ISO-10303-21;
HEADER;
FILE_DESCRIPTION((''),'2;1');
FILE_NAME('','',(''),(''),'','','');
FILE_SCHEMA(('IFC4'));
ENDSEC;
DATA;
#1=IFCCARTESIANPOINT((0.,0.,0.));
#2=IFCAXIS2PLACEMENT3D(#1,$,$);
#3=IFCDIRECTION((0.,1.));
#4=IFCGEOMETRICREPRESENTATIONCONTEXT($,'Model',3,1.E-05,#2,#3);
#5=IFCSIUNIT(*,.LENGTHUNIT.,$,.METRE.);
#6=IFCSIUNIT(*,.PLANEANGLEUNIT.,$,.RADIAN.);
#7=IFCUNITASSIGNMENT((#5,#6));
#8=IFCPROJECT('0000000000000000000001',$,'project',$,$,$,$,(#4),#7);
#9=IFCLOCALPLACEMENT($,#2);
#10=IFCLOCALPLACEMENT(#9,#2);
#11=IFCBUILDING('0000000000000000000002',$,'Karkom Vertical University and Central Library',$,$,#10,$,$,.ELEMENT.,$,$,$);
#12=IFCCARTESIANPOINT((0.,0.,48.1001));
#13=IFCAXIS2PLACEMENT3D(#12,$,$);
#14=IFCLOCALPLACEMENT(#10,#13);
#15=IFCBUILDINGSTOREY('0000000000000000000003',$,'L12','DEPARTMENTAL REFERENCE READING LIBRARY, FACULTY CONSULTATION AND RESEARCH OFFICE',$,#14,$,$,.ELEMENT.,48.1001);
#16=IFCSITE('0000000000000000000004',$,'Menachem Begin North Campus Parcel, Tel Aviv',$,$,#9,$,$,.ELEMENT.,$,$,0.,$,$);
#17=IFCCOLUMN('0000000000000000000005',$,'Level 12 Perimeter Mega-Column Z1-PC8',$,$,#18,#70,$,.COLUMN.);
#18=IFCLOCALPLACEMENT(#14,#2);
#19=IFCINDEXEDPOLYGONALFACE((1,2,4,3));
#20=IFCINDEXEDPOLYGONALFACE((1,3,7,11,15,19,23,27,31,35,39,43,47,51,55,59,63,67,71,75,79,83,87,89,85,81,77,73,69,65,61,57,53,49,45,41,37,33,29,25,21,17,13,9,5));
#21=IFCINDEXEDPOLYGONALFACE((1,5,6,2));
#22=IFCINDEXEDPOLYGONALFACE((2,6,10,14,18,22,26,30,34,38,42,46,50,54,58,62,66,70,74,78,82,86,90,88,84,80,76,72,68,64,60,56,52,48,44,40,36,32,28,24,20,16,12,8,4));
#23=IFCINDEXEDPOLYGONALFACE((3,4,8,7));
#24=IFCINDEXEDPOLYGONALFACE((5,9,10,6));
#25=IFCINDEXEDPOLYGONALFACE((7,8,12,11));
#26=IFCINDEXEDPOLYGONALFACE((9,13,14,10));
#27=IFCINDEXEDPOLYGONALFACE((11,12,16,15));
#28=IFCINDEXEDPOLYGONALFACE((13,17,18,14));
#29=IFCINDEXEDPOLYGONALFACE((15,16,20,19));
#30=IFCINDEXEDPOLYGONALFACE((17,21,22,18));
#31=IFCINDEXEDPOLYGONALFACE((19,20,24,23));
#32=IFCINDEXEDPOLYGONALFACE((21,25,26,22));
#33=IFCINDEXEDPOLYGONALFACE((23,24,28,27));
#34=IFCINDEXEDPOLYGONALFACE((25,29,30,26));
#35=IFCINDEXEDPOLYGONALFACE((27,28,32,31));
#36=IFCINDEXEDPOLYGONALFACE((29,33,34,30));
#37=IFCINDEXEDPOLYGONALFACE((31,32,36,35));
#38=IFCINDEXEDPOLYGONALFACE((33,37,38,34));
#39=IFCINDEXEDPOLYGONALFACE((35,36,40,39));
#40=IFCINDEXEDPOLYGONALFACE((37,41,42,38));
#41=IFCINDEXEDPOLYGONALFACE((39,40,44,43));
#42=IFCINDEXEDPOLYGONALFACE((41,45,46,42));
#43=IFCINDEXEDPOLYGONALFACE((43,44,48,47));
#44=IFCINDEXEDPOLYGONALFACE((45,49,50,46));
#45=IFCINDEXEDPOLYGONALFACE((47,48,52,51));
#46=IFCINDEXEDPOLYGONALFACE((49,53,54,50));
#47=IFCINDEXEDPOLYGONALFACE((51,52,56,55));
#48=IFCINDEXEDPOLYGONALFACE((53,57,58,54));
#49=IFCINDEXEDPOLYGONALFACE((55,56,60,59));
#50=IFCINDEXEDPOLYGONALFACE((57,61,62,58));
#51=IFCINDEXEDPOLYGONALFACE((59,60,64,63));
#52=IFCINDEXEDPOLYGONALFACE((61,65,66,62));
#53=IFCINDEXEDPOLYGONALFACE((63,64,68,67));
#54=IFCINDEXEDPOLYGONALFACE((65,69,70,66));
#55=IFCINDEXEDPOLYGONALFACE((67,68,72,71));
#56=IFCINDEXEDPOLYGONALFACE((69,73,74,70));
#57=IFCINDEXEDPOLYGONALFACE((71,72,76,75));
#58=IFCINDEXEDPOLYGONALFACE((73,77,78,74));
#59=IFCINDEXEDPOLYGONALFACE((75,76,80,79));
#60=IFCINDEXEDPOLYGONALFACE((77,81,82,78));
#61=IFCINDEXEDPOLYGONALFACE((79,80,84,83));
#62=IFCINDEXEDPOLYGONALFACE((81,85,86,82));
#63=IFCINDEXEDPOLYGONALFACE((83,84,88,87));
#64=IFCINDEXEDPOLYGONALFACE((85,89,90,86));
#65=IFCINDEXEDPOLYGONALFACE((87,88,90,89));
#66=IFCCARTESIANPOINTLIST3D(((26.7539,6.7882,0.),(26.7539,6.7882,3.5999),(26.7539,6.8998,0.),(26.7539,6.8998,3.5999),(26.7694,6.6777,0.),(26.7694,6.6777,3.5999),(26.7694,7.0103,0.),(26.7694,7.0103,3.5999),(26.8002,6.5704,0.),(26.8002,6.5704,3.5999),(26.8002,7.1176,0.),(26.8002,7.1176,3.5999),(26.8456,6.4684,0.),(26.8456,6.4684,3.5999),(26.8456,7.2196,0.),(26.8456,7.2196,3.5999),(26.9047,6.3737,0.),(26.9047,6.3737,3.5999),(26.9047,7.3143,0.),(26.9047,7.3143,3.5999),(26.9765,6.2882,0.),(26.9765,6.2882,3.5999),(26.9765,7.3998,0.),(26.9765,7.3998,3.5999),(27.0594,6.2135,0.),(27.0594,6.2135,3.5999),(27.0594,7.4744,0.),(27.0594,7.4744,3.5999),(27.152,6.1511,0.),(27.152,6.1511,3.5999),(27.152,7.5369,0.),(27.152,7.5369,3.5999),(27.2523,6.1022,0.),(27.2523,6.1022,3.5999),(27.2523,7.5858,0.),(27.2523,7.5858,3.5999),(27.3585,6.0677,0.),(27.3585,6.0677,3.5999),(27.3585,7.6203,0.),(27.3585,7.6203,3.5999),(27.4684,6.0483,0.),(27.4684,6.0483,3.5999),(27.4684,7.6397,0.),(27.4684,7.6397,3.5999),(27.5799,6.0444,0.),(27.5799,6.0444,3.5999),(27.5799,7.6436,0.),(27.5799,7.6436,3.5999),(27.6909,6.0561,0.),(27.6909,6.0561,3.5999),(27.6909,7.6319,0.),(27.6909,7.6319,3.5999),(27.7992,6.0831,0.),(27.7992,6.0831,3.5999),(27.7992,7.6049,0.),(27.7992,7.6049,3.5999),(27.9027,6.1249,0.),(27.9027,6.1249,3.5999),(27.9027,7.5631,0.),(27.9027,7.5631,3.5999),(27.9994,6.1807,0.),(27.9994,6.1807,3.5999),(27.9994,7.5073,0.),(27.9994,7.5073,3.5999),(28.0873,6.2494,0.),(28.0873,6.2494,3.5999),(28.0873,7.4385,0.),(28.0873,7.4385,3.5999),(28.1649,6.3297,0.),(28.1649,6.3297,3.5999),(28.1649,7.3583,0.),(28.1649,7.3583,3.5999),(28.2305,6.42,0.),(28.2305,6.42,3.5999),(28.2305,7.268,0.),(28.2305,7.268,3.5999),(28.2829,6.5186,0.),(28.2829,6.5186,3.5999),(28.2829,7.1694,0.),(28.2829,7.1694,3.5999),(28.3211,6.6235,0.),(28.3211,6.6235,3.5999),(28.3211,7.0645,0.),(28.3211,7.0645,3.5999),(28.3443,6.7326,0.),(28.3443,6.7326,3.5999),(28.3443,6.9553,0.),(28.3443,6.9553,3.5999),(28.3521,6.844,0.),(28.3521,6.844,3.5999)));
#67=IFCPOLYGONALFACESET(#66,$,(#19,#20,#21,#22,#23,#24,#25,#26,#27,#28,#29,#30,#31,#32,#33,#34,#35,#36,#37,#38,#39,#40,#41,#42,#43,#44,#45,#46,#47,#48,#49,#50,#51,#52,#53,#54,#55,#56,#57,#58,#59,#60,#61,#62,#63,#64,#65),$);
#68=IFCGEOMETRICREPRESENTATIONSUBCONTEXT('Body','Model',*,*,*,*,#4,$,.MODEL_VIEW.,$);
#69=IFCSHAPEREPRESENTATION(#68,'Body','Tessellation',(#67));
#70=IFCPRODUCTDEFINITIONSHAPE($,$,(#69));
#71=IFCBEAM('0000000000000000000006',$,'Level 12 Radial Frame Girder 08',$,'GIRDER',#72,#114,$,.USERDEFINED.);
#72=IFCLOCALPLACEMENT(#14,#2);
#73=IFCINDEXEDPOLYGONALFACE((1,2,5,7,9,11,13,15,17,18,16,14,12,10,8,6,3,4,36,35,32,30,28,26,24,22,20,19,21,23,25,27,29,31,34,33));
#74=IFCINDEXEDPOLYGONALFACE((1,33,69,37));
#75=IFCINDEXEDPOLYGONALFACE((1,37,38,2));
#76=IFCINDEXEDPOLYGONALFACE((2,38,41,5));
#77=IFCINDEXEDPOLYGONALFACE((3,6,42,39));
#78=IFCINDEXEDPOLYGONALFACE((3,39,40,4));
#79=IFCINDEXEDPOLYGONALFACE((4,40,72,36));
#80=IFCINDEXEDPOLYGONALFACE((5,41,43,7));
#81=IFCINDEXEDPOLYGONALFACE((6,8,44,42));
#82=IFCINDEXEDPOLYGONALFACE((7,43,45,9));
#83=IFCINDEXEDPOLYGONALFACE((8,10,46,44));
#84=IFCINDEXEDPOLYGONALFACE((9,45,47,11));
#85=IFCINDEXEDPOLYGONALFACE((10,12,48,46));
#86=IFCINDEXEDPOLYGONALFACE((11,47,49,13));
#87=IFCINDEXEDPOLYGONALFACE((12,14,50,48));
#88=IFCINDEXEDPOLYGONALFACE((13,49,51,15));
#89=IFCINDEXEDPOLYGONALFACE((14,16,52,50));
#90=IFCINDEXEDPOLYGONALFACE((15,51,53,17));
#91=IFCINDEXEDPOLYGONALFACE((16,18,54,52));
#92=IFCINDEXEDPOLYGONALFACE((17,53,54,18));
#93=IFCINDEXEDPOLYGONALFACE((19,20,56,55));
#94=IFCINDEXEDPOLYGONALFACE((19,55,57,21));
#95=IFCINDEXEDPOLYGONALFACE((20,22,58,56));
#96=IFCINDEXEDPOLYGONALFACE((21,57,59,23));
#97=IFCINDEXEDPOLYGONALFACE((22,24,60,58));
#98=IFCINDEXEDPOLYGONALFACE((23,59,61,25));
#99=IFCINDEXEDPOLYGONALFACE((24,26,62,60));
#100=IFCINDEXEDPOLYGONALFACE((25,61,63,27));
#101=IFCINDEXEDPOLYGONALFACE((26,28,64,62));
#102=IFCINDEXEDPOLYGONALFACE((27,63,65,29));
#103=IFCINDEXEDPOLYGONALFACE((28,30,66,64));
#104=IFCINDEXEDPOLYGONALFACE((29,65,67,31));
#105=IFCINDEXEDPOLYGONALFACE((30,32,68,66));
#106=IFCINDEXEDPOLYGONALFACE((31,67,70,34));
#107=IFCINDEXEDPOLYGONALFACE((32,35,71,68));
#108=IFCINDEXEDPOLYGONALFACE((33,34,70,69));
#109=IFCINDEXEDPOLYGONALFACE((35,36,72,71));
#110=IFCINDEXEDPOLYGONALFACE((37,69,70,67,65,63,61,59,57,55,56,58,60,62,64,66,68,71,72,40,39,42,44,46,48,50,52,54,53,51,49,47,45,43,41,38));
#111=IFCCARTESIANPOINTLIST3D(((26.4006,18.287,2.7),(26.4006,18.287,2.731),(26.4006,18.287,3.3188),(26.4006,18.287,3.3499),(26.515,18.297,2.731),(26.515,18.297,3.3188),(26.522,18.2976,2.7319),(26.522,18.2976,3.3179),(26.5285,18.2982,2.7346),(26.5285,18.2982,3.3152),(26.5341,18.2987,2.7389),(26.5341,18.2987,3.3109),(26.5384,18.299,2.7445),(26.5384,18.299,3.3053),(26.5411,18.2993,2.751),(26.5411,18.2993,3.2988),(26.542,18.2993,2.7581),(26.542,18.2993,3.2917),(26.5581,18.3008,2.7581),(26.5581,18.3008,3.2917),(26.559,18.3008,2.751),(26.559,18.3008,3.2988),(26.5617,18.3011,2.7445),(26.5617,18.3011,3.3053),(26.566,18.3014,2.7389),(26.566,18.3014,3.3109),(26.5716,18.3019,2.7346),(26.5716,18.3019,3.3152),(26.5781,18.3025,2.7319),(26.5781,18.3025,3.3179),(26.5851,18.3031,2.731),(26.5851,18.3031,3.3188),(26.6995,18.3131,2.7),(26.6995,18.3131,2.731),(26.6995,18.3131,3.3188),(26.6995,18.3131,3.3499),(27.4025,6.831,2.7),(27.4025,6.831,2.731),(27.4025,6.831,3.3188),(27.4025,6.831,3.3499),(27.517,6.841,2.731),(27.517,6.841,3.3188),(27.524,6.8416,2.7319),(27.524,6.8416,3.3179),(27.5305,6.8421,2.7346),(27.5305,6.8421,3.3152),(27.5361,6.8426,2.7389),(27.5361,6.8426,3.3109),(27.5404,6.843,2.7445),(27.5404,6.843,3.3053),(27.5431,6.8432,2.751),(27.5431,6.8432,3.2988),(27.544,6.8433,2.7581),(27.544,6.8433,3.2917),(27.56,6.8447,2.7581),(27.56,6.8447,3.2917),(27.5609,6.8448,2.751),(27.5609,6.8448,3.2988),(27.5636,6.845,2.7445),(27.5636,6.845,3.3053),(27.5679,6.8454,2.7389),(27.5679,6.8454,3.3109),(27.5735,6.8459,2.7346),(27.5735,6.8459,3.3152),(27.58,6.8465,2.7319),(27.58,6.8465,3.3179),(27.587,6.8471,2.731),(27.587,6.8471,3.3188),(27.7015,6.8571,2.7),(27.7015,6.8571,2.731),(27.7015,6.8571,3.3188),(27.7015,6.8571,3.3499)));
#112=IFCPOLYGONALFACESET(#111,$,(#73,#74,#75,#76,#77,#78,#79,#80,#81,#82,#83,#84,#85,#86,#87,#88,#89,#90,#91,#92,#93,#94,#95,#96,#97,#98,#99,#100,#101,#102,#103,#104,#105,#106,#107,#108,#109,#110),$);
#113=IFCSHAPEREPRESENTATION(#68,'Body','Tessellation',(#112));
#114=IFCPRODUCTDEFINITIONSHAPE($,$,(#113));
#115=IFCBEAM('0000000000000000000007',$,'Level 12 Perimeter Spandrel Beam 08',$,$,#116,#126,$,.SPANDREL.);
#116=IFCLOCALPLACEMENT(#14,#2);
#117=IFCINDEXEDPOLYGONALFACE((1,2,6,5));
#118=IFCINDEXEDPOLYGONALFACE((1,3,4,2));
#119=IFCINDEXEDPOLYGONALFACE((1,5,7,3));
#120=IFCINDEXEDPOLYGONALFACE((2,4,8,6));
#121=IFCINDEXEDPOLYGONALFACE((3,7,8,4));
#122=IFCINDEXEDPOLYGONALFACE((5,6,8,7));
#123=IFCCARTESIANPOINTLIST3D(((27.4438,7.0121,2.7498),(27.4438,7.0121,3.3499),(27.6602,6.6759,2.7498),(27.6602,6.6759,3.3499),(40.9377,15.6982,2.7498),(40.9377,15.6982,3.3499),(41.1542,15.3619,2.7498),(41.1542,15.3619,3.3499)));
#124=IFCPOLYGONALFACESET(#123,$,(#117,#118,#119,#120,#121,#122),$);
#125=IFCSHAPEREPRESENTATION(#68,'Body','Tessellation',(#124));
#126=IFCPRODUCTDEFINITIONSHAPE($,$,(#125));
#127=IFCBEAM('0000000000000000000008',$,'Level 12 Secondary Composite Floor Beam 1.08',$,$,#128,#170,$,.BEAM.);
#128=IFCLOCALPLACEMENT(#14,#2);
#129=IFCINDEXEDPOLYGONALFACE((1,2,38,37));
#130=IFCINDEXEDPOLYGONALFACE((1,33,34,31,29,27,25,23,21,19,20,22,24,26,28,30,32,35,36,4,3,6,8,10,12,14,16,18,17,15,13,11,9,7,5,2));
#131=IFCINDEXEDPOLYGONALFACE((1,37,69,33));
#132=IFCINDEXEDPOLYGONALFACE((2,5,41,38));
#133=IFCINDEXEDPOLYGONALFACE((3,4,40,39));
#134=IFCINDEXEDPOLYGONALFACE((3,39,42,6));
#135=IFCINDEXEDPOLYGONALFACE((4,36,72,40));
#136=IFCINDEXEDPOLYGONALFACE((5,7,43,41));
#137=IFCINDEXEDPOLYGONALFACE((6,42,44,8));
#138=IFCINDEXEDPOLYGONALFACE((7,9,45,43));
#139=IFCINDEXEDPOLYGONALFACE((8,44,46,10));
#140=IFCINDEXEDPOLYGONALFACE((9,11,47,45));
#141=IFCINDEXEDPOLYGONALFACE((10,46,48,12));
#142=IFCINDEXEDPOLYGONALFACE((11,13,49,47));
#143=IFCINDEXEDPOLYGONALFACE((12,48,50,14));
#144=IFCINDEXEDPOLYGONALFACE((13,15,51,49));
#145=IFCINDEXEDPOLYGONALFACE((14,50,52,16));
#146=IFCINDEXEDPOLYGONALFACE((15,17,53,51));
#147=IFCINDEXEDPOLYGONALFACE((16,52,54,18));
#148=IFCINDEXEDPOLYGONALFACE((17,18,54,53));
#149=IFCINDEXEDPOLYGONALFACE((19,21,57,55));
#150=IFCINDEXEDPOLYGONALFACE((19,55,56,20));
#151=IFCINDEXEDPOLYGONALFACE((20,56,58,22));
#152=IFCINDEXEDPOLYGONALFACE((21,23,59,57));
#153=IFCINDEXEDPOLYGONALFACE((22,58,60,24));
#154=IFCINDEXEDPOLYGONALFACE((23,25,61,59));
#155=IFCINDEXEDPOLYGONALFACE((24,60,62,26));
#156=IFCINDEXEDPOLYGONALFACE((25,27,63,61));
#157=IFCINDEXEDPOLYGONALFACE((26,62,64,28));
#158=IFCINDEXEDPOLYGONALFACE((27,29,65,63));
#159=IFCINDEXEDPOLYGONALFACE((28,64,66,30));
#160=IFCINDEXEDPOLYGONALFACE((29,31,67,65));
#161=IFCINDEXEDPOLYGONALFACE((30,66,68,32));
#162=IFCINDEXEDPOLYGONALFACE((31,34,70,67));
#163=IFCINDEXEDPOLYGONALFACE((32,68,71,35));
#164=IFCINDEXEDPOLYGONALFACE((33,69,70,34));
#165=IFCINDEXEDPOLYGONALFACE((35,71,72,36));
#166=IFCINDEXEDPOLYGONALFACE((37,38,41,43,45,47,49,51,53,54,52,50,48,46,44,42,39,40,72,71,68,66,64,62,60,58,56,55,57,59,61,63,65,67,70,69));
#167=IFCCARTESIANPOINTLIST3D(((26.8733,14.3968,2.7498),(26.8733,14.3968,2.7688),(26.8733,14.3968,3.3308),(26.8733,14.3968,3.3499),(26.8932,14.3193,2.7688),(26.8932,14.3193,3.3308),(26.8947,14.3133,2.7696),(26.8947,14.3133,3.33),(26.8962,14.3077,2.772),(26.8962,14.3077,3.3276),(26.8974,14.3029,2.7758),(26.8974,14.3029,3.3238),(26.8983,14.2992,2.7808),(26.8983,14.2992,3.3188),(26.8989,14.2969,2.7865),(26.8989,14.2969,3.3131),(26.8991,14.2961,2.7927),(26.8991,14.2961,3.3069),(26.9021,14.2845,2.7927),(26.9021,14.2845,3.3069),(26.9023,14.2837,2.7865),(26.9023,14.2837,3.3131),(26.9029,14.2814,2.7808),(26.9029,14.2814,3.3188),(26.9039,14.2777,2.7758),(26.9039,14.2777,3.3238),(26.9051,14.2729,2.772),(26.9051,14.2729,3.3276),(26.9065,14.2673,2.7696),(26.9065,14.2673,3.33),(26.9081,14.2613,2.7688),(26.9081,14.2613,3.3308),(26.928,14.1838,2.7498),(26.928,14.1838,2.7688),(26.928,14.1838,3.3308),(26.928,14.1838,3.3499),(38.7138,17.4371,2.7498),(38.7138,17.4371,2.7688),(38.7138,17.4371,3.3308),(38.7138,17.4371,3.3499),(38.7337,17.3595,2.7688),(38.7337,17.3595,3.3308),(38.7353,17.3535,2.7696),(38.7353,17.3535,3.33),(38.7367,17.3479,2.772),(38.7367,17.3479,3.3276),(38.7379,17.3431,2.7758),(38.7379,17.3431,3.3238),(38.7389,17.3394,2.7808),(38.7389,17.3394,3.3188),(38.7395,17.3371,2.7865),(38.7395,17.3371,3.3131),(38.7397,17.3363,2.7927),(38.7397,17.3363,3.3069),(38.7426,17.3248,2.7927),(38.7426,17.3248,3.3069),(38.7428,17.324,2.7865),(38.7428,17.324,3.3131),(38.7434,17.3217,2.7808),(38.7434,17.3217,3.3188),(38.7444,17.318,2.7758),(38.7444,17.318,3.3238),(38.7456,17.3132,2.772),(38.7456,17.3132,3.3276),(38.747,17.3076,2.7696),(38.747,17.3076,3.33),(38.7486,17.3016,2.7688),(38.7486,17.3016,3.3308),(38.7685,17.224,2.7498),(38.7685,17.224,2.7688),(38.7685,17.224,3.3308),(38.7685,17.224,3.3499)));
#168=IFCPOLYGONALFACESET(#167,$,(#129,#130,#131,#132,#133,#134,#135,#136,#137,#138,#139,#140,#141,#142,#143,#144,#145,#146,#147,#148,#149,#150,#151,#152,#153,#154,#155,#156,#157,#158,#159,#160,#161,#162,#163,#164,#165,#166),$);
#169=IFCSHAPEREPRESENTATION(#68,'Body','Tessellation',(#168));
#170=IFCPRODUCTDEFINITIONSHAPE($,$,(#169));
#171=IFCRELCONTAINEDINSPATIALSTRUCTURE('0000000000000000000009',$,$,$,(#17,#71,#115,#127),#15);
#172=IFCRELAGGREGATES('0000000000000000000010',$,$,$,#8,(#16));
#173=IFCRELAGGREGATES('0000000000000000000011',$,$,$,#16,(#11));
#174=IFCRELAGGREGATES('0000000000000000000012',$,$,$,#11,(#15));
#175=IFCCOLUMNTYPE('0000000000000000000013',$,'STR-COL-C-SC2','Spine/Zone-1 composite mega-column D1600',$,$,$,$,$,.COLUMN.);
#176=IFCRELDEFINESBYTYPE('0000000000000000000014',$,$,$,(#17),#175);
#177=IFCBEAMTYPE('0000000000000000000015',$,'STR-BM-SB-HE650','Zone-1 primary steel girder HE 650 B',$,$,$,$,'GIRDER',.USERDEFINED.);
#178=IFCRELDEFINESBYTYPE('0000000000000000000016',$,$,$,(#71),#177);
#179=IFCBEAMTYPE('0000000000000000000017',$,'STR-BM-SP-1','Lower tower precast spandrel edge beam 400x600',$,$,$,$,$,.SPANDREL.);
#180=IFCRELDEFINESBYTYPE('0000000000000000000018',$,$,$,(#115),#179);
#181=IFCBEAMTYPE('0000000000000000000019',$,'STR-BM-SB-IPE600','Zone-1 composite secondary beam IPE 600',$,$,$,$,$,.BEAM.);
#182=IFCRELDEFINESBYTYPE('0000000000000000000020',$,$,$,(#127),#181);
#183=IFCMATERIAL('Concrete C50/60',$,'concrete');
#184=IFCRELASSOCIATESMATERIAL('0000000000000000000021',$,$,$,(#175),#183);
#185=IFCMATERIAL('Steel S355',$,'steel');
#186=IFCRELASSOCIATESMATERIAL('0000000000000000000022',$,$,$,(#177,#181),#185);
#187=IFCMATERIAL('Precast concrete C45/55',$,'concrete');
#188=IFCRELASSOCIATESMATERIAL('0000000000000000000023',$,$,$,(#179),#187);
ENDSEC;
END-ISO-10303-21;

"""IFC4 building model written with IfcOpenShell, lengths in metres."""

from ifc_helpers import new_model, si_unit, direction, frame, origin, origin_with_axes, origin_2d, place, context, subcontext, project, spatial, rectangle, circle, i_section, extrude, source, transform, mapped, material, material_profile, profile_set, type_object, element, save


model = new_model("IFC4")

# Units and contexts
model_context = context("Model", 3, precision=1e-05, world=origin(), true_north=direction((0.0, 1.0)))
body_context = subcontext(model_context, "Body", "Model", "MODEL_VIEW")
ifc_project = project(units=[si_unit("LENGTHUNIT", "METRE"), si_unit("PLANEANGLEUNIT", "RADIAN")], contexts=[model_context])

# Site, building, storey
site_placement = place(None, origin())
site = spatial("IfcSite", under=ifc_project, at=site_placement, Name="Menachem Begin North Campus Parcel, Tel Aviv", CompositionType="ELEMENT", RefElevation=0.0)
building_placement = place(site_placement, origin())
building = spatial("IfcBuilding", under=site, at=building_placement, Name="Karkom Vertical University and Central Library", CompositionType="ELEMENT")
storey_placement = place(building_placement, frame((0.0, 0.0, 48.1001)))
storey = spatial("IfcBuildingStorey", under=building, at=storey_placement, Name="L12", Description="DEPARTMENTAL REFERENCE READING LIBRARY, FACULTY CONSULTATION AND RESEARCH OFFICE", CompositionType="ELEMENT", Elevation=48.1001)

# Column
ifc_material_1 = material(Name="Concrete C50/60", Category="concrete")
ifc_material_profile_1 = material_profile(ifc_material_1, circle(Radius=0.8, at=origin_2d()), Name="CFT-D1600")
ifc_profile_set_1 = profile_set([ifc_material_profile_1], Name="Concrete C50/60")
column_type = type_object("IfcColumnType", Name="STR-COL-C-SC2", Description="Spine/Zone-1 composite mega-column D1600", PredefinedType="COLUMN", material=ifc_profile_set_1)
shared_shape_1 = source(origin_with_axes(), body_context, "Body", "SweptSolid", [
    extrude(circle(Radius=0.8, at=origin_2d()), origin(), (0.0, 0.0, 1.0), 3.5999),
])
column_placement = place(storey_placement, frame((27.552, 6.844, 0.0), z_axis=(0.0, 0.0, 1.0), x_axis=(1.0, 0.0, 0.0)))
element("IfcColumn", 1, at=column_placement, inside=storey, type_object=column_type, Name="Level 12 Perimeter Mega-Column Z1-PC8", PredefinedType="COLUMN", context=body_context, shape_type="MappedRepresentation", body=[
    mapped(shared_shape_1, transform((0.0, 0.0, 0.0), scale=1.0)),
])

# Beams
ifc_material_2 = material(Name="Steel S355", Category="steel")
ifc_material_profile_2 = material_profile(ifc_material_2, i_section(OverallWidth=0.3, OverallDepth=0.6499, WebThickness=0.0161, FlangeThickness=0.031, FilletRadius=0.0271, at=origin_2d()), Name="HE 650 B")
ifc_profile_set_2 = profile_set([ifc_material_profile_2], Name="Steel S355")
beam_type_1 = type_object("IfcBeamType", Name="STR-BM-SB-HE650", Description="Zone-1 primary steel girder HE 650 B", ElementType="GIRDER", PredefinedType="USERDEFINED", material=ifc_profile_set_2)
shared_shape_2 = source(origin_with_axes(), body_context, "Body", "SweptSolid", [
    extrude(i_section(OverallWidth=0.3, OverallDepth=0.6499, WebThickness=0.0161, FlangeThickness=0.031, FilletRadius=0.0271, at=origin_2d()), origin(), (0.0, 0.0, 1.0), 11.4998),
])
beam_1_placement = place(storey_placement, frame((26.55, 18.3, 3.0249), z_axis=(0.087128, -0.996197, 0.0), x_axis=(0.996197, 0.087128, 0.0)))
element("IfcBeam", 2, at=beam_1_placement, inside=storey, type_object=beam_type_1, Name="Level 12 Radial Frame Girder 08", ObjectType="GIRDER", PredefinedType="USERDEFINED", context=body_context, shape_type="MappedRepresentation", body=[
    mapped(shared_shape_2, transform((0.0, 0.0, 0.0), scale=1.0)),
])
ifc_material_3 = material(Name="Precast concrete C45/55", Category="concrete")
ifc_material_profile_3 = material_profile(ifc_material_3, rectangle(XDim=0.3999, YDim=0.6001, at=origin_2d()), Name="SPB-400x600")
ifc_profile_set_3 = profile_set([ifc_material_profile_3], Name="Precast concrete C45/55")
beam_type_2 = type_object("IfcBeamType", Name="STR-BM-SP-1", Description="Lower tower precast spandrel edge beam 400x600", PredefinedType="SPANDREL", material=ifc_profile_set_3)
shared_shape_3 = source(origin_with_axes(), body_context, "Body", "SweptSolid", [
    extrude(rectangle(XDim=0.3999, YDim=0.6001, at=origin_2d()), origin(), (0.0, 0.0, 1.0), 16.0479),
])
beam_2_placement = place(storey_placement, frame((27.552, 6.844, 3.0498), z_axis=(0.840856, 0.54126, 0.0), x_axis=(-0.54126, 0.840856, 0.0)))
element("IfcBeam", 3, at=beam_2_placement, inside=storey, type_object=beam_type_2, Name="Level 12 Perimeter Spandrel Beam 08", PredefinedType="SPANDREL", context=body_context, shape_type="MappedRepresentation", body=[
    mapped(shared_shape_3, transform((0.0, 0.0, 0.0), scale=1.0)),
])
ifc_material_profile_4 = material_profile(ifc_material_2, i_section(OverallWidth=0.22, OverallDepth=0.6001, WebThickness=0.012, FlangeThickness=0.019, FilletRadius=0.0239, at=origin_2d()), Name="IPE 600")
ifc_profile_set_4 = profile_set([ifc_material_profile_4], Name="Steel S355")
beam_type_3 = type_object("IfcBeamType", Name="STR-BM-SB-IPE600", Description="Zone-1 composite secondary beam IPE 600", PredefinedType="BEAM", material=ifc_profile_set_4)
shared_shape_4 = source(origin_with_axes(), body_context, "Body", "SweptSolid", [
    extrude(i_section(OverallWidth=0.22, OverallDepth=0.6001, WebThickness=0.012, FlangeThickness=0.019, FilletRadius=0.0239, at=origin_2d()), origin(), (0.0, 0.0, 1.0), 12.2246),
])
beam_3_placement = place(storey_placement, frame((26.9006, 14.2903, 3.0498), z_axis=(0.96858, 0.248701, 0.0), x_axis=(-0.248701, 0.96858, 0.0)))
element("IfcBeam", 4, at=beam_3_placement, inside=storey, type_object=beam_type_3, Name="Level 12 Secondary Composite Floor Beam 1.08", PredefinedType="BEAM", context=body_context, shape_type="MappedRepresentation", body=[
    mapped(shared_shape_4, transform((0.0, 0.0, 0.0), scale=1.0)),
])

save(model, "model.ifc")
